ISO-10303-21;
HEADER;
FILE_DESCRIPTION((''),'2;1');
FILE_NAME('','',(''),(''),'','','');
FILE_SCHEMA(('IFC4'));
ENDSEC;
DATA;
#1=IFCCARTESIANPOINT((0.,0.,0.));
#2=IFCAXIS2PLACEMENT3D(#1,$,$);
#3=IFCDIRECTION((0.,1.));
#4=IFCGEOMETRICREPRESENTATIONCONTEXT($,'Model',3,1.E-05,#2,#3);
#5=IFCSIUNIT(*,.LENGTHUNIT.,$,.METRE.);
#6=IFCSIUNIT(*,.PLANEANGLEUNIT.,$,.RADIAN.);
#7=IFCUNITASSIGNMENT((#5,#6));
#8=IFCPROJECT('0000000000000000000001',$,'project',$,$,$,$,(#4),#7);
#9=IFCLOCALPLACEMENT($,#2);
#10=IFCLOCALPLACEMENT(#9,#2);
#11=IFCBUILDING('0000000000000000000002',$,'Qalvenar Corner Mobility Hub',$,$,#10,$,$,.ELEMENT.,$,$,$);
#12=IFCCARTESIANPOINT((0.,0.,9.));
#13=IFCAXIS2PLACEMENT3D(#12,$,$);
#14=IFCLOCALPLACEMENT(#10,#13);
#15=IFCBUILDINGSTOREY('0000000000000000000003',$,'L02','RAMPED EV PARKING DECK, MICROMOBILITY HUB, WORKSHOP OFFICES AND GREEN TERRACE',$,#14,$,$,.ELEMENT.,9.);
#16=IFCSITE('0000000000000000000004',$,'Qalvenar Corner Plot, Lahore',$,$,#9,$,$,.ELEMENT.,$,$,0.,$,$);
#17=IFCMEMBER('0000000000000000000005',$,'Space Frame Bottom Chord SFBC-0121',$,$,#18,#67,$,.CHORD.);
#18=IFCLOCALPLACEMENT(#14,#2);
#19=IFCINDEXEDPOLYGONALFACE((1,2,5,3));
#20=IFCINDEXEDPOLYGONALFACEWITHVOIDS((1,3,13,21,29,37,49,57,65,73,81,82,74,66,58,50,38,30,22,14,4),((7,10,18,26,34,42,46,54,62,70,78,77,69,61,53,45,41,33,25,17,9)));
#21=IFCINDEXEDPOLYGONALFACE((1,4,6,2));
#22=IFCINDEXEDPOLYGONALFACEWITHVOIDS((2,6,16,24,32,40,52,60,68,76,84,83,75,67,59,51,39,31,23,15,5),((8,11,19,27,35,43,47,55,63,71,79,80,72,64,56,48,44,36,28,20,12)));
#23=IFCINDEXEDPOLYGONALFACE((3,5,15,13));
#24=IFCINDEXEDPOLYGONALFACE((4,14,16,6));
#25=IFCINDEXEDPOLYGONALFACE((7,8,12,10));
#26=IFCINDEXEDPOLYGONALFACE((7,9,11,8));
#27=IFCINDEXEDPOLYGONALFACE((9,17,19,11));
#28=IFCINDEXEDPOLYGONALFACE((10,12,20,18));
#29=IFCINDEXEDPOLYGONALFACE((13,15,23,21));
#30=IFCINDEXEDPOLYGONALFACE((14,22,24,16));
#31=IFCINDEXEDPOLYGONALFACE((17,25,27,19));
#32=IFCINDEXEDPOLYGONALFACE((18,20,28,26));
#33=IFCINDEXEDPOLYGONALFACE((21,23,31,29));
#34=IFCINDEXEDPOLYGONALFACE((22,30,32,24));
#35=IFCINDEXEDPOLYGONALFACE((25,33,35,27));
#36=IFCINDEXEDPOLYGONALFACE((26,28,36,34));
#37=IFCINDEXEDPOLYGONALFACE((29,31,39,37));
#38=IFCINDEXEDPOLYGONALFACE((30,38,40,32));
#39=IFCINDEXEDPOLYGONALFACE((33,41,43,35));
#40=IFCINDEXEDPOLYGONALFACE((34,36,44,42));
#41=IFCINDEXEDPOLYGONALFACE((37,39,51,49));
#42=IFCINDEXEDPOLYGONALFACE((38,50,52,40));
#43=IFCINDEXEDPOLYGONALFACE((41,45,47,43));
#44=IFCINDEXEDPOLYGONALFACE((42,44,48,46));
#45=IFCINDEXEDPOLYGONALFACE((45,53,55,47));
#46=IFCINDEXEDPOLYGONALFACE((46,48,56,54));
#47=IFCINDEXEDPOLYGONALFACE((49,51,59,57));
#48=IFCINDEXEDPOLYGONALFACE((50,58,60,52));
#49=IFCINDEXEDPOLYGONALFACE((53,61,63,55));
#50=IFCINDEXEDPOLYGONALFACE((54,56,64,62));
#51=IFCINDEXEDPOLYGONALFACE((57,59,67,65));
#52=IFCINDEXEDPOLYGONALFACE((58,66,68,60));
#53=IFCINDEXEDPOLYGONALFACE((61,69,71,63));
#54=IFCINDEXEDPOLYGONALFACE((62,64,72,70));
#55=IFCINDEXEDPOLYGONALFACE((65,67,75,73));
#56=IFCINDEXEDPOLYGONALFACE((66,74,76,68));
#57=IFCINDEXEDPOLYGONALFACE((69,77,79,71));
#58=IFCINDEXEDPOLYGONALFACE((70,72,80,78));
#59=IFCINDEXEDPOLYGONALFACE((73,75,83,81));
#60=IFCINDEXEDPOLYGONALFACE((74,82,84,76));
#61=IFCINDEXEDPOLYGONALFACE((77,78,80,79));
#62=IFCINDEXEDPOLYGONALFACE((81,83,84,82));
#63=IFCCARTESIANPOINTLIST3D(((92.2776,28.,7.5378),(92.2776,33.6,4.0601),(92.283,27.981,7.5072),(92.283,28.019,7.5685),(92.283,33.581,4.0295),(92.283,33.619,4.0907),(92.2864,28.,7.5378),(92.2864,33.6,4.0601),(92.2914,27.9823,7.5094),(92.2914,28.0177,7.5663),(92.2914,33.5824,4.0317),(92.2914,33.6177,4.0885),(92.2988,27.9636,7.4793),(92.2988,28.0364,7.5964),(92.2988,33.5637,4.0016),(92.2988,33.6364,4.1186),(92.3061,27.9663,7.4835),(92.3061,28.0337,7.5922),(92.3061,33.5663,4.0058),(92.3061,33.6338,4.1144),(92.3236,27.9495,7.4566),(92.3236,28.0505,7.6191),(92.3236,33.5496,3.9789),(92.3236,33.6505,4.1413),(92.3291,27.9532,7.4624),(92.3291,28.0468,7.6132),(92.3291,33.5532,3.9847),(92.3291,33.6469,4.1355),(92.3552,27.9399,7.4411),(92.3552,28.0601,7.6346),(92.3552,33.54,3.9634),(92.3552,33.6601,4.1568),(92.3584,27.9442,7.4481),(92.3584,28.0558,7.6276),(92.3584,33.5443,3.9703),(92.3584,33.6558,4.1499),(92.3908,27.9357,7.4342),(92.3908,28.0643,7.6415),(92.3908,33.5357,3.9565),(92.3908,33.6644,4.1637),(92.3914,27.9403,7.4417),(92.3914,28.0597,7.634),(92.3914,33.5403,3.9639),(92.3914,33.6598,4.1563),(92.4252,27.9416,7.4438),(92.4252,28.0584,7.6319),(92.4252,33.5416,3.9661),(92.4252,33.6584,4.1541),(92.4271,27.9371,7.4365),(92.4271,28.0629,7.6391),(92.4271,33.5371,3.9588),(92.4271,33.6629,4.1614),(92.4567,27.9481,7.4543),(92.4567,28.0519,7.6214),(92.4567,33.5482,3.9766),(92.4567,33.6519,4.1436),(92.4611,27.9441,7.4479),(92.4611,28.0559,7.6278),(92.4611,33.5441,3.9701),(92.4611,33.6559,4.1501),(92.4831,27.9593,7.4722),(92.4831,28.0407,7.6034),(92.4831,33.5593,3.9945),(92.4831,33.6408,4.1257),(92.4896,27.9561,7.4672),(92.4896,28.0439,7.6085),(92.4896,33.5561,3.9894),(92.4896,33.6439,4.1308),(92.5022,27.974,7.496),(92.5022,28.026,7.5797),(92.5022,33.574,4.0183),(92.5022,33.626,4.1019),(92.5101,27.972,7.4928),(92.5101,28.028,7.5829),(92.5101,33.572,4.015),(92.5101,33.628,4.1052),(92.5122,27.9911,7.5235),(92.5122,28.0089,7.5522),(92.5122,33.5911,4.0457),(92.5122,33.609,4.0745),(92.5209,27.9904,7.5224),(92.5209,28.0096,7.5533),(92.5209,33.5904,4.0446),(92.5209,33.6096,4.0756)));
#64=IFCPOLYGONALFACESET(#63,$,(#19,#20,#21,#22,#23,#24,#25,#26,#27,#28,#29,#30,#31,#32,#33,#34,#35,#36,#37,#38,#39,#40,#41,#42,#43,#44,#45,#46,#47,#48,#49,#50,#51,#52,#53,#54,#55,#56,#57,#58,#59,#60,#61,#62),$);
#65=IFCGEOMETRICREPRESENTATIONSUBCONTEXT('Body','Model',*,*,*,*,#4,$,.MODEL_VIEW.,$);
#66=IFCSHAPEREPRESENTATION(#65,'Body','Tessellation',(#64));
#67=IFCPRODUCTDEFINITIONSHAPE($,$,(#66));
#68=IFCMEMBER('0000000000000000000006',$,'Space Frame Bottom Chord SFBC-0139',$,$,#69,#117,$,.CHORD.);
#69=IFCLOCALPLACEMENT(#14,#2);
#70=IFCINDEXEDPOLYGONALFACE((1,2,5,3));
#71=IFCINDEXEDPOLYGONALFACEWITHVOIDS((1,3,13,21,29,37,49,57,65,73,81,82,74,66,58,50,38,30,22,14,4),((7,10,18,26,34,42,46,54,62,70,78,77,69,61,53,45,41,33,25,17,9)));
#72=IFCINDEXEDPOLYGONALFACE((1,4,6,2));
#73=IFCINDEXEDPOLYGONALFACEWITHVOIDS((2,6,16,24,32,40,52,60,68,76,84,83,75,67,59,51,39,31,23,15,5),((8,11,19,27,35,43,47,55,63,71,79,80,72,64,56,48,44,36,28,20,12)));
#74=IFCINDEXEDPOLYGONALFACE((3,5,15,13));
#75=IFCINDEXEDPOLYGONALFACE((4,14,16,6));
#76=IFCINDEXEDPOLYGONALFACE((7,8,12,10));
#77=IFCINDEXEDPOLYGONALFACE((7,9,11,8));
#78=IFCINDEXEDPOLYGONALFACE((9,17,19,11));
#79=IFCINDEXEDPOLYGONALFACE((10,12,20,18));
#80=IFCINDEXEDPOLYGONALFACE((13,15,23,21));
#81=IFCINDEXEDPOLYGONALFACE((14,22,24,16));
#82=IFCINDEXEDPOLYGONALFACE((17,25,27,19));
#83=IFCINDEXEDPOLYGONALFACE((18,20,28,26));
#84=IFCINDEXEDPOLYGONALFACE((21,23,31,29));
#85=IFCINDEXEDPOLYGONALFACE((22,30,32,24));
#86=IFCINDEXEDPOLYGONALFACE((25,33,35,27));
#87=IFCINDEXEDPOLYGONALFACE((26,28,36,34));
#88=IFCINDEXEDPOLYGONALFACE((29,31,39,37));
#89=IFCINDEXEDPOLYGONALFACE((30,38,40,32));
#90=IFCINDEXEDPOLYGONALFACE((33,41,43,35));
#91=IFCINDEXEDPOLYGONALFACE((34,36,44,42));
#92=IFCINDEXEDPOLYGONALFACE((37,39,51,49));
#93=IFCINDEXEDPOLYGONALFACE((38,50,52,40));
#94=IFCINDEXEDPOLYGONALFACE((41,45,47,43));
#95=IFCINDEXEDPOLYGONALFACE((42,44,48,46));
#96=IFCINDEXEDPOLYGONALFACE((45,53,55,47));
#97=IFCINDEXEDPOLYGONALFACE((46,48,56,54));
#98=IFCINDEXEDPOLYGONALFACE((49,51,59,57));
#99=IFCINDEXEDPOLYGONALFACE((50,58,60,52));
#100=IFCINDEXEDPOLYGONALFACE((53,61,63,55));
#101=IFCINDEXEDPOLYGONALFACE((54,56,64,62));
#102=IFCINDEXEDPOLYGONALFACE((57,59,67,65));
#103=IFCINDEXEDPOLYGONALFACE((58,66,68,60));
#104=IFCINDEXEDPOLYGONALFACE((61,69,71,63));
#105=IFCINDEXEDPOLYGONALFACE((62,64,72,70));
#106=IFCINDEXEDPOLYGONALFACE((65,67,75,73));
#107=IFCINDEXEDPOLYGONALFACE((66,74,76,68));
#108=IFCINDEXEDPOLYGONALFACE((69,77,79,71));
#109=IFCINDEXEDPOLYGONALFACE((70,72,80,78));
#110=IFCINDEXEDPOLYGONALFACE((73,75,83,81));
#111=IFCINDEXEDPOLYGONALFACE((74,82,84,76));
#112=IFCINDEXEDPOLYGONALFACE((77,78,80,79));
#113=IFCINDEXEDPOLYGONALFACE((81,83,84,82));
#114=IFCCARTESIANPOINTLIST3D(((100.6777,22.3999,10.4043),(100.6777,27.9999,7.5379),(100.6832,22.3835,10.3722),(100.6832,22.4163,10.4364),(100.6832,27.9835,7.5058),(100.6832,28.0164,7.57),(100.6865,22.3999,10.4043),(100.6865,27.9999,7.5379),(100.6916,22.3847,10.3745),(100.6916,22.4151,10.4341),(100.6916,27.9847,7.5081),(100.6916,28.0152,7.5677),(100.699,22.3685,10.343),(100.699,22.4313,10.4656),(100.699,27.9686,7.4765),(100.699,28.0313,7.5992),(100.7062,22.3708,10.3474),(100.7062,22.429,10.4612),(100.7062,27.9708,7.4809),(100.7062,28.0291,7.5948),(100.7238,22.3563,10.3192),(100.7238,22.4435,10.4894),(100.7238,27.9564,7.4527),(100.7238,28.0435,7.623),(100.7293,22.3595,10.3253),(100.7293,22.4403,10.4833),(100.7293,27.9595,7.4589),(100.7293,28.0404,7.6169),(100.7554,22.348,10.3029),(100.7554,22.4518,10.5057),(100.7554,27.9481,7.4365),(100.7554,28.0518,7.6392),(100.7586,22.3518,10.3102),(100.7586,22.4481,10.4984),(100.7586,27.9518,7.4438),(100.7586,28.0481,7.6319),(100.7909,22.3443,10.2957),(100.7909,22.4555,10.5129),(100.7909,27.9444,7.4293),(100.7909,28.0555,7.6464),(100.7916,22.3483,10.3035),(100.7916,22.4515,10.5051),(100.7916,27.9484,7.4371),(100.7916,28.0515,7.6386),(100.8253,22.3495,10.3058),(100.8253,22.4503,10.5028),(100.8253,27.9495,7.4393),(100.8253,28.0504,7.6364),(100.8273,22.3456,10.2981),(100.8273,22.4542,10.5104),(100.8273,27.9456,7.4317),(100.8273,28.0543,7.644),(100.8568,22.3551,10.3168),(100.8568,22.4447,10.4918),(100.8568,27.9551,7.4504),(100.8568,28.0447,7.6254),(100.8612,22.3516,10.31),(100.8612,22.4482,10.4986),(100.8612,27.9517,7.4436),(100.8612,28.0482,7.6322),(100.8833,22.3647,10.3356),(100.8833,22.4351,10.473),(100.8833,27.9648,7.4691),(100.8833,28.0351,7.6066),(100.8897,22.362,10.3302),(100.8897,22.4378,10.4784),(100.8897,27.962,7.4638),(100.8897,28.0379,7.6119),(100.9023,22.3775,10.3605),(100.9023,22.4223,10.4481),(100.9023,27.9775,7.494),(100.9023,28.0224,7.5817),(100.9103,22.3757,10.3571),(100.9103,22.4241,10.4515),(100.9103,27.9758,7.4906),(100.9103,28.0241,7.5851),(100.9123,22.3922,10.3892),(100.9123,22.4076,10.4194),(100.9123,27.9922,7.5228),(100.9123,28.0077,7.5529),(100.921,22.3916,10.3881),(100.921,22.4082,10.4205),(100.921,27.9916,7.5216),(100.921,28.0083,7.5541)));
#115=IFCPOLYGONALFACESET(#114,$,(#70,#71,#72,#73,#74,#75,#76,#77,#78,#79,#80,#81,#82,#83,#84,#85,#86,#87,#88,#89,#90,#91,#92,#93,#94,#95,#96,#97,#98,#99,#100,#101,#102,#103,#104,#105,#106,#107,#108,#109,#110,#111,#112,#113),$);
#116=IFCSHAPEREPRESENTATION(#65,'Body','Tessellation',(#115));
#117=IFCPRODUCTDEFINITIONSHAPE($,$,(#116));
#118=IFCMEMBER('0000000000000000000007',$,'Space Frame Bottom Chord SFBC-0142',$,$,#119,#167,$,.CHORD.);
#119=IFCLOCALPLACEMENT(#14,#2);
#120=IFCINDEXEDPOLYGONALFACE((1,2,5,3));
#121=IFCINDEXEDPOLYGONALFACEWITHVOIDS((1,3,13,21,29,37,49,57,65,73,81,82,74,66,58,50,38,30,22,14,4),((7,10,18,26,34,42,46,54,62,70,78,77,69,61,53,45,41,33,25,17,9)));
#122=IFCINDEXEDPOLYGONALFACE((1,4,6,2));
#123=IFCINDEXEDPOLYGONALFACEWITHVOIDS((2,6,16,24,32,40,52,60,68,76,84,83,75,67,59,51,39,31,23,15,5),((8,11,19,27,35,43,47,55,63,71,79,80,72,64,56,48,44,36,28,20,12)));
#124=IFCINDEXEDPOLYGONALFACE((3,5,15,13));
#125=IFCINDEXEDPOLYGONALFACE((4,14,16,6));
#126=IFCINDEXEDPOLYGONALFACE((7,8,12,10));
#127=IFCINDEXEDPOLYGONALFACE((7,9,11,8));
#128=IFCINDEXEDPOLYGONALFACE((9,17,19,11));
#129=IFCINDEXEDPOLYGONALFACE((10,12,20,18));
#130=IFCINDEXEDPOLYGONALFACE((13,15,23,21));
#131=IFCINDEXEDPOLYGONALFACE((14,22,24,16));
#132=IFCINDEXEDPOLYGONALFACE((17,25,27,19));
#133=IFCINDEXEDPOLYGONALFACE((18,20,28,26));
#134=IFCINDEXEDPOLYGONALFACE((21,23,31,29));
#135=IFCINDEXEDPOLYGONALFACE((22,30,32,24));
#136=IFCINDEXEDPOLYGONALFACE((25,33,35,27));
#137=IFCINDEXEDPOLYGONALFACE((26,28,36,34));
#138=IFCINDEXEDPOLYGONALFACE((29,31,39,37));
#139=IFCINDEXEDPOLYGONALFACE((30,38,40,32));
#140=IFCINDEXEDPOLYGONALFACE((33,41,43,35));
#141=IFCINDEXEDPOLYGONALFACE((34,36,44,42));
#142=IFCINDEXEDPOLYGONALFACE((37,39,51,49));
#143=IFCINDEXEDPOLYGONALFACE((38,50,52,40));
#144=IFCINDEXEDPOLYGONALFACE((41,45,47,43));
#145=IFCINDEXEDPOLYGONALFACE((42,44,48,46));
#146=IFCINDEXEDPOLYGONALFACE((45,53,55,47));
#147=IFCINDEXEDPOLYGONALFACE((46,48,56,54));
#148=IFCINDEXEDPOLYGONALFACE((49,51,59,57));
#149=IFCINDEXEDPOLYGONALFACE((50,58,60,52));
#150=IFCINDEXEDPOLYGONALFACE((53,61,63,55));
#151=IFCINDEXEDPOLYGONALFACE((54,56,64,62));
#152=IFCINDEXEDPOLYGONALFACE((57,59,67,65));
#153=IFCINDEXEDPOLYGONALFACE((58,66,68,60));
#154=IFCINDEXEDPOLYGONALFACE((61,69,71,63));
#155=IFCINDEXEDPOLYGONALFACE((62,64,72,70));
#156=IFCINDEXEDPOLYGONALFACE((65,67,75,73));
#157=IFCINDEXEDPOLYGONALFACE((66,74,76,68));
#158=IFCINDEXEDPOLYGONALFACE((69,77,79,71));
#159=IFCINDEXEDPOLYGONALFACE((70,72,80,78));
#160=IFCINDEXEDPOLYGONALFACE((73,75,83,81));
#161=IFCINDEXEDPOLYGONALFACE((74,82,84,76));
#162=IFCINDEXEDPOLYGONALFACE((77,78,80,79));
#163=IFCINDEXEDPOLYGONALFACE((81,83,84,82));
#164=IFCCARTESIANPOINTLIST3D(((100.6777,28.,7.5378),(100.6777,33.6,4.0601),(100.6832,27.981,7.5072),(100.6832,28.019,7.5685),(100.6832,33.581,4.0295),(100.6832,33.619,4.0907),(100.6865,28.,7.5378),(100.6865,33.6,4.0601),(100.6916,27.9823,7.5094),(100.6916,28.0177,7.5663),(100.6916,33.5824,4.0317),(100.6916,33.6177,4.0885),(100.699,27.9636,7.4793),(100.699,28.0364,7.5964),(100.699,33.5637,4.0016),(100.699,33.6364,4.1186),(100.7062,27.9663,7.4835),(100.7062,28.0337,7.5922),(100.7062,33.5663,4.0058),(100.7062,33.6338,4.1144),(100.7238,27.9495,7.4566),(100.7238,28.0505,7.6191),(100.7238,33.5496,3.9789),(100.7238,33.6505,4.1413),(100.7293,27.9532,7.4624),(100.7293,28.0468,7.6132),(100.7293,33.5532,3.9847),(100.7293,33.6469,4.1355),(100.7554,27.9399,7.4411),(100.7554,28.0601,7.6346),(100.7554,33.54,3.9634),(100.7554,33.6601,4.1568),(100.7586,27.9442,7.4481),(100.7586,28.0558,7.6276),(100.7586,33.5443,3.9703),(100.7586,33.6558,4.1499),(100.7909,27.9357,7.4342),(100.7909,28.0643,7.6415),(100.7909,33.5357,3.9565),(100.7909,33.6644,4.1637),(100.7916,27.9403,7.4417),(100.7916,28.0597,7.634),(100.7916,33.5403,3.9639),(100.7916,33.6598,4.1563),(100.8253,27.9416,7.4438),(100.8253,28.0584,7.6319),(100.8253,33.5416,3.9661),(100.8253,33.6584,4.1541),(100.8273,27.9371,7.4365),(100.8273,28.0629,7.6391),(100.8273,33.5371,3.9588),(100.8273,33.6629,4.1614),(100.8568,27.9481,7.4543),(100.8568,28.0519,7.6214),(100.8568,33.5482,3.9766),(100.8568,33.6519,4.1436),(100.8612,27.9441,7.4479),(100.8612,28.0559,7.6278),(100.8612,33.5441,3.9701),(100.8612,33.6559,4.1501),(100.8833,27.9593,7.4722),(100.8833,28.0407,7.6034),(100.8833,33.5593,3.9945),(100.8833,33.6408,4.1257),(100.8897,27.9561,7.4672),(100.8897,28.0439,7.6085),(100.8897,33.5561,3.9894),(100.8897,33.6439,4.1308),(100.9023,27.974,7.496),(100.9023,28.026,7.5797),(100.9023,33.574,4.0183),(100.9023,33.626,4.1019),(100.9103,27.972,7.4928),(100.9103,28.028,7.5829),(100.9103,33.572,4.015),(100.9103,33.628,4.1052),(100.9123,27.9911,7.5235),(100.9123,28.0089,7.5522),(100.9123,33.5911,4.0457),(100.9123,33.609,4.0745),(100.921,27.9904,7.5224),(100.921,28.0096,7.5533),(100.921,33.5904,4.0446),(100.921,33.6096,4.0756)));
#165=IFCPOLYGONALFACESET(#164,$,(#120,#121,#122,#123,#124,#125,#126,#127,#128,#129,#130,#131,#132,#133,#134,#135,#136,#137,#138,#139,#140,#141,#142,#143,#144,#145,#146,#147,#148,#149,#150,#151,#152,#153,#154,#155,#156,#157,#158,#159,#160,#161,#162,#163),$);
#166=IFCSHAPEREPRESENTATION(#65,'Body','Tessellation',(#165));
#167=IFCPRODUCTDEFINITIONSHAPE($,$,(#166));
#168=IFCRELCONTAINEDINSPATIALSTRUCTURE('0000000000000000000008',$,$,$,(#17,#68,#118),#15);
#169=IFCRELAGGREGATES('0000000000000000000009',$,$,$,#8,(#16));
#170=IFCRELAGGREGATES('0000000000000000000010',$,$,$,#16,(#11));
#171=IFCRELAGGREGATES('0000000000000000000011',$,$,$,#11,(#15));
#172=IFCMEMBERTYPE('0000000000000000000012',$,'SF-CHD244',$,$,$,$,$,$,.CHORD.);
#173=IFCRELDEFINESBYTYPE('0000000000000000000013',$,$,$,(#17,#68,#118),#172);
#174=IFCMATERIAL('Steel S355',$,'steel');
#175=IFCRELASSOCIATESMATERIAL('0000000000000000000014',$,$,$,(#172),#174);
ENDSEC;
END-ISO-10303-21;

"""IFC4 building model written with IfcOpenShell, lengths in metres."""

from ifc_helpers import new_model, si_unit, direction, frame, origin, origin_2d, place, context, subcontext, project, spatial, hollow_circle, extrude, material, material_profile, profile_set, type_object, element, save


model = new_model("IFC4")

# Units and contexts
model_context = context("Model", 3, precision=1e-05, world=origin(), true_north=direction((0.0, 1.0)))
body_context = subcontext(model_context, "Body", "Model", "MODEL_VIEW")
ifc_project = project(units=[si_unit("LENGTHUNIT", "METRE"), si_unit("PLANEANGLEUNIT", "RADIAN")], contexts=[model_context])

# Site, building, storey
site_placement = place(None, origin())
site = spatial("IfcSite", under=ifc_project, at=site_placement, Name="Qalvenar Corner Plot, Lahore", CompositionType="ELEMENT", RefElevation=0.0)
building_placement = place(site_placement, origin())
building = spatial("IfcBuilding", under=site, at=building_placement, Name="Qalvenar Corner Mobility Hub", CompositionType="ELEMENT")
storey_placement = place(building_placement, frame((0.0, 0.0, 9.0)))
storey = spatial("IfcBuildingStorey", under=building, at=storey_placement, Name="L02", Description="RAMPED EV PARKING DECK, MICROMOBILITY HUB, WORKSHOP OFFICES AND GREEN TERRACE", CompositionType="ELEMENT", Elevation=9.0)

# Members
ifc_material_1 = material(Name="Steel S355", Category="steel")
ifc_material_profile_1 = material_profile(ifc_material_1, hollow_circle(Radius=0.1223, WallThickness=0.0088, at=origin_2d()), Name="CHS244.5x8.8")
ifc_profile_set_1 = profile_set([ifc_material_profile_1], Name="Steel S355")
member_type_1 = type_object("IfcMemberType", Name="SF-CHD244", PredefinedType="CHORD", material=ifc_profile_set_1)
member_1_placement = place(storey_placement, frame((92.3999, 28.0, 7.5378), z_axis=(0.0, 0.849514, -0.527567), x_axis=(-1.0, 0.0, 0.0)))
element("IfcMember", 1, at=member_1_placement, inside=storey, type_object=member_type_1, Name="Space Frame Bottom Chord SFBC-0121", PredefinedType="CHORD", context=body_context, shape_type="SweptSolid", body=[
    extrude(hollow_circle(Radius=0.1223, WallThickness=0.0088, at=origin_2d()), origin(), (0.0, 0.0, 1.0), 6.592),
])
member_2_placement = place(storey_placement, frame((100.8, 22.3999, 10.4043), z_axis=(0.0, 0.890165, -0.455638), x_axis=(-1.0, 0.0, 0.0)))
element("IfcMember", 2, at=member_2_placement, inside=storey, type_object=member_type_1, Name="Space Frame Bottom Chord SFBC-0139", PredefinedType="CHORD", context=body_context, shape_type="SweptSolid", body=[
    extrude(hollow_circle(Radius=0.1223, WallThickness=0.0088, at=origin_2d()), origin(), (0.0, 0.0, 1.0), 6.291),
])
member_3_placement = place(storey_placement, frame((100.8, 28.0, 7.5378), z_axis=(0.0, 0.849514, -0.527567), x_axis=(-1.0, 0.0, 0.0)))
element("IfcMember", 3, at=member_3_placement, inside=storey, type_object=member_type_1, Name="Space Frame Bottom Chord SFBC-0142", PredefinedType="CHORD", context=body_context, shape_type="SweptSolid", body=[
    extrude(hollow_circle(Radius=0.1223, WallThickness=0.0088, at=origin_2d()), origin(), (0.0, 0.0, 1.0), 6.592),
])

save(model, "model.ifc")
